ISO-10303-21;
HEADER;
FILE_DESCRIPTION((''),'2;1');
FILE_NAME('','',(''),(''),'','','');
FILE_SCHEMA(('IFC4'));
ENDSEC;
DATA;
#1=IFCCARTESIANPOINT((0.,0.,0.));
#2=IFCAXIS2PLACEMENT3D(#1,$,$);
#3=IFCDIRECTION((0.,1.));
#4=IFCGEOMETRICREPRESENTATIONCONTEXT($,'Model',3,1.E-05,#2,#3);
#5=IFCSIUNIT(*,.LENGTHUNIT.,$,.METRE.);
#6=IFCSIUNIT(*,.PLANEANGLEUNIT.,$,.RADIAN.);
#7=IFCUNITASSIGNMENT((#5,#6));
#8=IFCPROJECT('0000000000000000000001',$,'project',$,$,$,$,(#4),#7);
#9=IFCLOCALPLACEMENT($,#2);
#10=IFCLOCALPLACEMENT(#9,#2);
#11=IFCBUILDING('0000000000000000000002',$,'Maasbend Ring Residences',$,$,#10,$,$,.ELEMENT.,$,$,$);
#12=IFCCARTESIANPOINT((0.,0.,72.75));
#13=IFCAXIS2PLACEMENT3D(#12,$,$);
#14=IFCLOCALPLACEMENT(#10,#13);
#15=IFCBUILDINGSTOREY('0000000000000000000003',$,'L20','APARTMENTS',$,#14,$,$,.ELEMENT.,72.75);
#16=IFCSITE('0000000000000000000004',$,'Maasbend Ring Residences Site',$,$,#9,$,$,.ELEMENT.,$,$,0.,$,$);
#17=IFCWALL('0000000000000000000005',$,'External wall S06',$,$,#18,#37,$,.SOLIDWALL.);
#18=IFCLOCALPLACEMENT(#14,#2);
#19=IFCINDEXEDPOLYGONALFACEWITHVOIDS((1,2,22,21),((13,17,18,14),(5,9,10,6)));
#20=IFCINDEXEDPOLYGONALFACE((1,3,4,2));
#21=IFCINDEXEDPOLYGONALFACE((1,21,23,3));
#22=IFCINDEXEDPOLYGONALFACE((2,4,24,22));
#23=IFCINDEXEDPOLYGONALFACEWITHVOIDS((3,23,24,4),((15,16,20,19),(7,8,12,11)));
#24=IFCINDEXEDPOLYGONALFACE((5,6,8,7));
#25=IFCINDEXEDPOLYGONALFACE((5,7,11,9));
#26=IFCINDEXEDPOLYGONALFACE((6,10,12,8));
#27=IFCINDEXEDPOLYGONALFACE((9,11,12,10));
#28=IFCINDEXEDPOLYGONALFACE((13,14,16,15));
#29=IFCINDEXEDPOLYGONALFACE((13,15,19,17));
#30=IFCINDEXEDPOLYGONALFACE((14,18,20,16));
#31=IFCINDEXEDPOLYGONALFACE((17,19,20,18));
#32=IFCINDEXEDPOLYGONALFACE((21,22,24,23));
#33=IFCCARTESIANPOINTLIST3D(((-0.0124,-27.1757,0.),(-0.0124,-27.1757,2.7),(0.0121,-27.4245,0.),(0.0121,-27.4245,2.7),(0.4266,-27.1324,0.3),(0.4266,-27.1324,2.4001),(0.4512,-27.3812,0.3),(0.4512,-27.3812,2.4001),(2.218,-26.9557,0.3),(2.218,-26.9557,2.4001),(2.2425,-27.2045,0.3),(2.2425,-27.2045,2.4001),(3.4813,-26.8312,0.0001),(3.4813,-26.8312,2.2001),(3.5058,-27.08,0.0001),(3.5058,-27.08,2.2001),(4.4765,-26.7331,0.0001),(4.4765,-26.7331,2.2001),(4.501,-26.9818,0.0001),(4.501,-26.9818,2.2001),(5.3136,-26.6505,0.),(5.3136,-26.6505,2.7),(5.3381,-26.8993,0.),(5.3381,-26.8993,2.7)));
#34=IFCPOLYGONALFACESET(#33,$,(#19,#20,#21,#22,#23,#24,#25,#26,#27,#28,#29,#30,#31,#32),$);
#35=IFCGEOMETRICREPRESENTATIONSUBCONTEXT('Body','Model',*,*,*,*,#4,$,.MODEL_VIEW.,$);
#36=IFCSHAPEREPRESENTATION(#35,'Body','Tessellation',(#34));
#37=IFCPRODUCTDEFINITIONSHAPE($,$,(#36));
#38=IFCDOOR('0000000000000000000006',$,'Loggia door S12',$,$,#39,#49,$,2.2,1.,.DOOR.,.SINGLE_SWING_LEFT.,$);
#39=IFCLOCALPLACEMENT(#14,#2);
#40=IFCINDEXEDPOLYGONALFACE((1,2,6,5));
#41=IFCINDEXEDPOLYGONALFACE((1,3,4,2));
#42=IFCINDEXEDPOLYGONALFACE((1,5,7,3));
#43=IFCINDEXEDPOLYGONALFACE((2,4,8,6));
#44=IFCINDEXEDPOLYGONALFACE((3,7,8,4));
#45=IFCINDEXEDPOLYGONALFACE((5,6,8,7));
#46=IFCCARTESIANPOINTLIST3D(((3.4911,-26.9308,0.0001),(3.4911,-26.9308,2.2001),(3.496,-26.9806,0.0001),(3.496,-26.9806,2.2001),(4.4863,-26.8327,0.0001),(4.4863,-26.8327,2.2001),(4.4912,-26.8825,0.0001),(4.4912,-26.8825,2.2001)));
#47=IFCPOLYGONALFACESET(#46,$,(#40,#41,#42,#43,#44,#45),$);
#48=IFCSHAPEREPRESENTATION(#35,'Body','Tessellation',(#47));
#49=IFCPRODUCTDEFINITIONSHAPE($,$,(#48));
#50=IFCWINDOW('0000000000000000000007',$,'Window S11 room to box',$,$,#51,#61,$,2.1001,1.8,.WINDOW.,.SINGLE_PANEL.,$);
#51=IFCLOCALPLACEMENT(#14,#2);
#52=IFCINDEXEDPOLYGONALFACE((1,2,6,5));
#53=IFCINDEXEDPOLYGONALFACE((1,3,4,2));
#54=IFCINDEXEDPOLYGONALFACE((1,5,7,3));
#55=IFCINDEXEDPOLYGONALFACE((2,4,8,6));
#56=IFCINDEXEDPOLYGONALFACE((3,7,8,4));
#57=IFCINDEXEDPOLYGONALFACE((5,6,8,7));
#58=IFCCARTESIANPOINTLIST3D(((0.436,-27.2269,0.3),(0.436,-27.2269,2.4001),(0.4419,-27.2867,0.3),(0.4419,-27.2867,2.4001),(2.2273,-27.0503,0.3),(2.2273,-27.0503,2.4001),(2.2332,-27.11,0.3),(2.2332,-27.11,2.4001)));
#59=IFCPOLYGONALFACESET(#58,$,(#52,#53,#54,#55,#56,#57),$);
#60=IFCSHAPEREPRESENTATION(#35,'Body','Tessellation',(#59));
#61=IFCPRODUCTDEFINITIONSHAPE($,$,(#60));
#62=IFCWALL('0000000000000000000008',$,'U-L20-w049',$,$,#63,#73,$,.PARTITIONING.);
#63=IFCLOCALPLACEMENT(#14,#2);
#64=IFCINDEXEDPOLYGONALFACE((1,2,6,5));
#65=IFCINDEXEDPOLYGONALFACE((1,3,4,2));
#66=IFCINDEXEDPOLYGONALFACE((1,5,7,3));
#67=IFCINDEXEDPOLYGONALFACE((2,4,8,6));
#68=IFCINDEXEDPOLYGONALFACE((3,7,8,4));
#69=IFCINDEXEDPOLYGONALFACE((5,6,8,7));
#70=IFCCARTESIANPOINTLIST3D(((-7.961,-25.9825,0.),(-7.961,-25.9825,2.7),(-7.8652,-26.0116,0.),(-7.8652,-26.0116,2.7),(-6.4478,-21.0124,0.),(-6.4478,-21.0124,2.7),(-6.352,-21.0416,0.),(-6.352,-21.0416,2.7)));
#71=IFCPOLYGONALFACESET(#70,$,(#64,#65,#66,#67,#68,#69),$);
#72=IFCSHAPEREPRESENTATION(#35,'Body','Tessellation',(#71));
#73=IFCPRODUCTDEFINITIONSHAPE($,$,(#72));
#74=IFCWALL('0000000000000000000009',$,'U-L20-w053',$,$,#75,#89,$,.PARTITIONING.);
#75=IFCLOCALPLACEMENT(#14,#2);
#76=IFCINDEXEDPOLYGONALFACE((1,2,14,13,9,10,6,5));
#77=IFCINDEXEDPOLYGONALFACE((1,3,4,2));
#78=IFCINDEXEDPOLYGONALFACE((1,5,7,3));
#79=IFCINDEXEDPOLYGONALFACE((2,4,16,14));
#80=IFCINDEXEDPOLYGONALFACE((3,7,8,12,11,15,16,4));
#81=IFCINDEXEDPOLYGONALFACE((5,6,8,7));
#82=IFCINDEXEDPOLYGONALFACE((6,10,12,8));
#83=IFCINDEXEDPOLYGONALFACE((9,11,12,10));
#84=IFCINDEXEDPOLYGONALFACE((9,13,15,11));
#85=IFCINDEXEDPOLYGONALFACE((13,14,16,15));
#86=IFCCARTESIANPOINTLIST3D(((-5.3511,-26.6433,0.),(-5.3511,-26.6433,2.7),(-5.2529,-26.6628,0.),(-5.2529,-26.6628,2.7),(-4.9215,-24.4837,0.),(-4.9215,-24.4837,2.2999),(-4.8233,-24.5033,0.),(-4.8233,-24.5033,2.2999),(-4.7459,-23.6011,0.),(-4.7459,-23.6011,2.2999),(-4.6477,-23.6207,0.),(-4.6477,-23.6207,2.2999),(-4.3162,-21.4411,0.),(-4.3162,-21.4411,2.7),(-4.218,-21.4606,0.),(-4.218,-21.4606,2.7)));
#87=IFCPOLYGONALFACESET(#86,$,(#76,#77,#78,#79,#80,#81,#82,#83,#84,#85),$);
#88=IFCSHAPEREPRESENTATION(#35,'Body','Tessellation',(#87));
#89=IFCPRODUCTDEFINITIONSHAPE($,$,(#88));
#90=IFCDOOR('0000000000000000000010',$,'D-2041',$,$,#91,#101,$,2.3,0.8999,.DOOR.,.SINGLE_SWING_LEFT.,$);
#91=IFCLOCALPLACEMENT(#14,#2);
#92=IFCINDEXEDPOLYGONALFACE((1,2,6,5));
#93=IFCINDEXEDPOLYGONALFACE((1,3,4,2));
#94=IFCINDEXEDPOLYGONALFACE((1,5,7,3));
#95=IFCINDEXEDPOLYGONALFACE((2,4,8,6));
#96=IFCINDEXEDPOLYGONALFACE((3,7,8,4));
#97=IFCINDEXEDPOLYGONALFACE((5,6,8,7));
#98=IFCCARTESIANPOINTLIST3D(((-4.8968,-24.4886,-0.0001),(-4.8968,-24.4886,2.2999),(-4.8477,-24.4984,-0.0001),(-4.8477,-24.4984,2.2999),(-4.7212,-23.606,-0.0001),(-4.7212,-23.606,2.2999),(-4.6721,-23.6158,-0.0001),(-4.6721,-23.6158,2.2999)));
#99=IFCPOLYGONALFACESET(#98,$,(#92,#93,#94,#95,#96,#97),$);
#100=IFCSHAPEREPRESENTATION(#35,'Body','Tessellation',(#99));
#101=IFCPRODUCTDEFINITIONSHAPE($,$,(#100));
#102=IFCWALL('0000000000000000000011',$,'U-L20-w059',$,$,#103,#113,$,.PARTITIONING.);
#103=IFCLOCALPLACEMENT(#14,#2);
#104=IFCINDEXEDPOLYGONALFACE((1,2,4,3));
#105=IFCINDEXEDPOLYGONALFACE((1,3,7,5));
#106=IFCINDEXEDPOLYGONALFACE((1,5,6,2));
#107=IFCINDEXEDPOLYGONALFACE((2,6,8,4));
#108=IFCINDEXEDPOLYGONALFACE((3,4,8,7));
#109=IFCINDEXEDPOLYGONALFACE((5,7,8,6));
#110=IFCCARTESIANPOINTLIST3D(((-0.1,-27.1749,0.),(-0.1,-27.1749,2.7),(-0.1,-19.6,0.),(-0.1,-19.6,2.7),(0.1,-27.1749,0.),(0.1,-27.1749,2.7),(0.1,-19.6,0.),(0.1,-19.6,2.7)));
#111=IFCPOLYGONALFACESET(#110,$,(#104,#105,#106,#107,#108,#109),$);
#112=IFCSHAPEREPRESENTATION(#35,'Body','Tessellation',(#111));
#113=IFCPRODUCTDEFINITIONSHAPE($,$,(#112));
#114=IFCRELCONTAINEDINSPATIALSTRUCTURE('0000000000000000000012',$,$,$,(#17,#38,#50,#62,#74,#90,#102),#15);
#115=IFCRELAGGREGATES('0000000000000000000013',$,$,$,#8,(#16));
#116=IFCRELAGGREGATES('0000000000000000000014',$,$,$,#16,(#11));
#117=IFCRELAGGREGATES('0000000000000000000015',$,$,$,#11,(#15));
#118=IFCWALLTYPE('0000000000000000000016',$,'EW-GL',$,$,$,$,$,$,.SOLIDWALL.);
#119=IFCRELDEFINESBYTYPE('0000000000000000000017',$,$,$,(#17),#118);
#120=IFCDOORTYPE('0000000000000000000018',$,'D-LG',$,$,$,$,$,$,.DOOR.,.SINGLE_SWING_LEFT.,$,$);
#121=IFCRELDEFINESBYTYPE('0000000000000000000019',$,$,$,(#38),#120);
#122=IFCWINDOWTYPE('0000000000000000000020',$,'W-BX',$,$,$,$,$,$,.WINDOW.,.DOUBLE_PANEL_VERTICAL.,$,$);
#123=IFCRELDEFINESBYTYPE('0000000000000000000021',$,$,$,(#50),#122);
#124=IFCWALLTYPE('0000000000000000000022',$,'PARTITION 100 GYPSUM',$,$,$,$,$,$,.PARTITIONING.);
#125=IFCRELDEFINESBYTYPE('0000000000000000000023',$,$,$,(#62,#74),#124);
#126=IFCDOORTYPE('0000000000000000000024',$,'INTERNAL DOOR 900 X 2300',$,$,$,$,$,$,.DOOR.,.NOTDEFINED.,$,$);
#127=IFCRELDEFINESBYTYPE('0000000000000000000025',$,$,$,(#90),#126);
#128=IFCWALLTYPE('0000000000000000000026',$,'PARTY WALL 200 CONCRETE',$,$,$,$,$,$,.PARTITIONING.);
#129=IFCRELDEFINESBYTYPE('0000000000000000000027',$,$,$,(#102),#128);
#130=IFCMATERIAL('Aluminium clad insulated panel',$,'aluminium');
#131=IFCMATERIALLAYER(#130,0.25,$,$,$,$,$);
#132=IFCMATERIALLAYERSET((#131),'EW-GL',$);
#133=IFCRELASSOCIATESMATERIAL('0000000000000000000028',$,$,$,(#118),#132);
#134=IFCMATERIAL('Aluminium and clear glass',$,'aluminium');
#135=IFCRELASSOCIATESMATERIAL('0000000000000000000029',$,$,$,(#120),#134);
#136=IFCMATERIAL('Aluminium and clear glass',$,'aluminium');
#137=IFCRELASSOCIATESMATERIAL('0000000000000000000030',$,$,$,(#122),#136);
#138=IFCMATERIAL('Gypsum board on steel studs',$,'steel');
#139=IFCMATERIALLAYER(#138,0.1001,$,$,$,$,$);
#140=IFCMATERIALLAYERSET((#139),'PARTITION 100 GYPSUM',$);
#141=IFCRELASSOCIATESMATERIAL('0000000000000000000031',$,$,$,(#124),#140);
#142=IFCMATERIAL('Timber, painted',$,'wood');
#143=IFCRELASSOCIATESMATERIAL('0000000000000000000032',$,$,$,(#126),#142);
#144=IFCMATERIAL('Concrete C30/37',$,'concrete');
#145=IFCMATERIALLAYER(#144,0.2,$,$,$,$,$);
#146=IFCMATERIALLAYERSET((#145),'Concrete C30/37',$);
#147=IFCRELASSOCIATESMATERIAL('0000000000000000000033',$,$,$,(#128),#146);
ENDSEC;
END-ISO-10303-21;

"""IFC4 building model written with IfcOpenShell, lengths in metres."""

from ifc_helpers import new_model, si_unit, direction, frame, frame_2d, origin, place, context, subcontext, project, spatial, rectangle, extrude, material, layer, layer_set, type_object, element, fill, save


model = new_model("IFC4")

# Units and contexts
model_context = context("Model", 3, precision=1e-05, world=origin(), true_north=direction((0.0, 1.0)))
body_context = subcontext(model_context, "Body", "Model", "MODEL_VIEW")
ifc_project = project(units=[si_unit("LENGTHUNIT", "METRE"), si_unit("PLANEANGLEUNIT", "RADIAN")], contexts=[model_context])

# Site, building, storey
site_placement = place(None, origin())
site = spatial("IfcSite", under=ifc_project, at=site_placement, Name="Maasbend Ring Residences Site", CompositionType="ELEMENT", RefElevation=0.0)
building_placement = place(site_placement, origin())
building = spatial("IfcBuilding", under=site, at=building_placement, Name="Maasbend Ring Residences", CompositionType="ELEMENT")
storey_placement = place(building_placement, frame((0.0, 0.0, 72.75)))
storey = spatial("IfcBuildingStorey", under=building, at=storey_placement, Name="L20", Description="APARTMENTS", CompositionType="ELEMENT", Elevation=72.75)

# Wall, openings, door, window
ifc_material_1 = material(Name="Aluminium clad insulated panel", Category="aluminium")
ifc_layer_1 = layer(ifc_material_1, 0.25)
ifc_layer_set_1 = layer_set([ifc_layer_1], Name="EW-GL")
wall_type_1 = type_object("IfcWallType", Name="EW-GL", PredefinedType="SOLIDWALL", material=ifc_layer_set_1)
ifc_material_2 = material(Name="Aluminium and clear glass", Category="aluminium")
door_type_1 = type_object("IfcDoorType", Name="D-LG", OperationType="SINGLE_SWING_LEFT", PredefinedType="DOOR", material=ifc_material_2)
ifc_material_3 = material(Name="Aluminium and clear glass", Category="aluminium")
window_type_1 = type_object("IfcWindowType", Name="W-BX", PartitioningType="DOUBLE_PANEL_VERTICAL", PredefinedType="WINDOW", material=ifc_material_3)
wall_1_placement = place(storey_placement, frame((0.0, -27.3, 0.0), z_axis=(0.0, 0.0, 1.0), x_axis=(0.995174, 0.098126, 0.0)))
wall_1 = element("IfcWall", 1, at=wall_1_placement, inside=storey, type_object=wall_type_1, Name="External wall S06", PredefinedType="SOLIDWALL", context=body_context, shape_type="SweptSolid", body=[
    extrude(rectangle(XDim=5.3518, YDim=0.25, at=frame_2d((2.6758, 0.0))), origin(), (0.0, 0.0, 1.0), 2.7),
])
opening_1_placement = place(wall_1_placement, frame((0.4412, 0.0, 0.3)))
opening_1 = element("IfcOpeningElement", 2, at=opening_1_placement, cuts=wall_1, PredefinedType="OPENING", context=body_context, shape_type="SweptSolid", body=[
    extrude(rectangle(XDim=1.8, YDim=2.1001, at=frame_2d((0.8999, 1.05))), frame((0.0, 0.135, 0.0), z_axis=(0.0, -1.0, 0.0), x_axis=(1.0, 0.0, 0.0)), (0.0, 0.0, 1.0), 0.27),
])
opening_2_placement = place(wall_1_placement, frame((3.5105, 0.0, 0.0)))
opening_2 = element("IfcOpeningElement", 3, at=opening_2_placement, cuts=wall_1, PredefinedType="OPENING", context=body_context, shape_type="SweptSolid", body=[
    extrude(rectangle(XDim=1.0, YDim=2.2, at=frame_2d((0.5, 1.1001))), frame((0.0, 0.135, 0.0), z_axis=(0.0, -1.0, 0.0), x_axis=(1.0, 0.0, 0.0)), (0.0, 0.0, 1.0), 0.27),
])
door_1_placement = place(opening_2_placement, origin())
door_1 = element("IfcDoor", 4, at=door_1_placement, inside=storey, type_object=door_type_1, Name="Loggia door S12", OperationType="SINGLE_SWING_LEFT", OverallHeight=2.2, OverallWidth=1.0, PredefinedType="DOOR", context=body_context, shape_type="SweptSolid", body=[
    extrude(rectangle(XDim=1.0, YDim=2.2, at=frame_2d((0.5, 1.1001))), frame((0.0, 0.0249, 0.0), z_axis=(0.0, -1.0, 0.0), x_axis=(1.0, 0.0, 0.0)), (0.0, 0.0, 1.0), 0.05),
])
fill(opening_2, door_1)
window_1_placement = place(opening_1_placement, origin())
window_1 = element("IfcWindow", 5, at=window_1_placement, inside=storey, type_object=window_type_1, Name="Window S11 room to box", OverallHeight=2.1001, OverallWidth=1.8, PartitioningType="SINGLE_PANEL", PredefinedType="WINDOW", context=body_context, shape_type="SweptSolid", body=[
    extrude(rectangle(XDim=1.8, YDim=2.1001, at=frame_2d((0.8999, 1.05))), frame((0.0, 0.03, 0.0), z_axis=(0.0, -1.0, 0.0), x_axis=(1.0, 0.0, 0.0)), (0.0, 0.0, 1.0), 0.0601),
])
fill(opening_1, window_1)

# Wall
ifc_material_4 = material(Name="Gypsum board on steel studs", Category="steel")
ifc_layer_2 = layer(ifc_material_4, 0.1001)
ifc_layer_set_2 = layer_set([ifc_layer_2], Name="PARTITION 100 GYPSUM")
wall_type_2 = type_object("IfcWallType", Name="PARTITION 100 GYPSUM", PredefinedType="PARTITIONING", material=ifc_layer_set_2)
wall_2_placement = place(storey_placement, frame((-7.9131, -25.9971, 0.0), z_axis=(0.0, 0.0, 1.0), x_axis=(0.291264, 0.956643, 0.0)))
element("IfcWall", 6, at=wall_2_placement, inside=storey, type_object=wall_type_2, Name="U-L20-w049", PredefinedType="PARTITIONING", context=body_context, shape_type="SweptSolid", body=[
    extrude(rectangle(XDim=5.1953, YDim=0.1001, at=frame_2d((2.5977, 0.0))), origin(), (0.0, 0.0, 1.0), 2.7),
])

# Wall, opening, door
wall_3_placement = place(storey_placement, frame((-5.302, -26.6531, 0.0), z_axis=(0.0, 0.0, 1.0), x_axis=(0.195116, 0.98078, 0.0)))
wall_3 = element("IfcWall", 7, at=wall_3_placement, inside=storey, type_object=wall_type_2, Name="U-L20-w053", PredefinedType="PARTITIONING", context=body_context, shape_type="SweptSolid", body=[
    extrude(rectangle(XDim=5.3042, YDim=0.1001, at=frame_2d((2.6521, 0.0))), origin(), (0.0, 0.0, 1.0), 2.7),
])
opening_3_placement = place(wall_3_placement, frame((2.2019, 0.0, 0.0)))
opening_3 = element("IfcOpeningElement", 8, at=opening_3_placement, cuts=wall_3, PredefinedType="OPENING", context=body_context, shape_type="SweptSolid", body=[
    extrude(rectangle(XDim=0.8999, YDim=2.3, at=frame_2d((0.45, 1.1499))), frame((0.0, 0.0601, 0.0), z_axis=(0.0, -1.0, 0.0), x_axis=(1.0, 0.0, 0.0)), (0.0, 0.0, 1.0), 0.1201),
])
ifc_material_5 = material(Name="Timber, painted", Category="wood")
door_type_2 = type_object("IfcDoorType", Name="INTERNAL DOOR 900 X 2300", OperationType="NOTDEFINED", PredefinedType="DOOR", material=ifc_material_5)
door_2_placement = place(opening_3_placement, origin())
door_2 = element("IfcDoor", 9, at=door_2_placement, inside=storey, type_object=door_type_2, Name="D-2041", OperationType="SINGLE_SWING_LEFT", OverallHeight=2.3, OverallWidth=0.8999, PredefinedType="DOOR", context=body_context, shape_type="SweptSolid", body=[
    extrude(rectangle(XDim=0.8999, YDim=2.3, at=frame_2d((0.45, 1.1499))), frame((0.0, 0.0249, 0.0), z_axis=(0.0, -1.0, 0.0), x_axis=(1.0, 0.0, 0.0)), (0.0, 0.0, 1.0), 0.05),
])
fill(opening_3, door_2)

# Wall
ifc_material_6 = material(Name="Concrete C30/37", Category="concrete")
ifc_layer_3 = layer(ifc_material_6, 0.2)
ifc_layer_set_3 = layer_set([ifc_layer_3], Name="Concrete C30/37")
wall_type_3 = type_object("IfcWallType", Name="PARTY WALL 200 CONCRETE", PredefinedType="PARTITIONING", material=ifc_layer_set_3)
wall_4_placement = place(storey_placement, frame((0.0, -27.175, 0.0), z_axis=(0.0, 0.0, 1.0), x_axis=(0.0, 1.0, 0.0)))
element("IfcWall", 10, at=wall_4_placement, inside=storey, type_object=wall_type_3, Name="U-L20-w059", PredefinedType="PARTITIONING", context=body_context, shape_type="SweptSolid", body=[
    extrude(rectangle(XDim=7.575, YDim=0.2, at=frame_2d((3.7876, 0.0))), origin(), (0.0, 0.0, 1.0), 2.7),
])

save(model, "model.ifc")
